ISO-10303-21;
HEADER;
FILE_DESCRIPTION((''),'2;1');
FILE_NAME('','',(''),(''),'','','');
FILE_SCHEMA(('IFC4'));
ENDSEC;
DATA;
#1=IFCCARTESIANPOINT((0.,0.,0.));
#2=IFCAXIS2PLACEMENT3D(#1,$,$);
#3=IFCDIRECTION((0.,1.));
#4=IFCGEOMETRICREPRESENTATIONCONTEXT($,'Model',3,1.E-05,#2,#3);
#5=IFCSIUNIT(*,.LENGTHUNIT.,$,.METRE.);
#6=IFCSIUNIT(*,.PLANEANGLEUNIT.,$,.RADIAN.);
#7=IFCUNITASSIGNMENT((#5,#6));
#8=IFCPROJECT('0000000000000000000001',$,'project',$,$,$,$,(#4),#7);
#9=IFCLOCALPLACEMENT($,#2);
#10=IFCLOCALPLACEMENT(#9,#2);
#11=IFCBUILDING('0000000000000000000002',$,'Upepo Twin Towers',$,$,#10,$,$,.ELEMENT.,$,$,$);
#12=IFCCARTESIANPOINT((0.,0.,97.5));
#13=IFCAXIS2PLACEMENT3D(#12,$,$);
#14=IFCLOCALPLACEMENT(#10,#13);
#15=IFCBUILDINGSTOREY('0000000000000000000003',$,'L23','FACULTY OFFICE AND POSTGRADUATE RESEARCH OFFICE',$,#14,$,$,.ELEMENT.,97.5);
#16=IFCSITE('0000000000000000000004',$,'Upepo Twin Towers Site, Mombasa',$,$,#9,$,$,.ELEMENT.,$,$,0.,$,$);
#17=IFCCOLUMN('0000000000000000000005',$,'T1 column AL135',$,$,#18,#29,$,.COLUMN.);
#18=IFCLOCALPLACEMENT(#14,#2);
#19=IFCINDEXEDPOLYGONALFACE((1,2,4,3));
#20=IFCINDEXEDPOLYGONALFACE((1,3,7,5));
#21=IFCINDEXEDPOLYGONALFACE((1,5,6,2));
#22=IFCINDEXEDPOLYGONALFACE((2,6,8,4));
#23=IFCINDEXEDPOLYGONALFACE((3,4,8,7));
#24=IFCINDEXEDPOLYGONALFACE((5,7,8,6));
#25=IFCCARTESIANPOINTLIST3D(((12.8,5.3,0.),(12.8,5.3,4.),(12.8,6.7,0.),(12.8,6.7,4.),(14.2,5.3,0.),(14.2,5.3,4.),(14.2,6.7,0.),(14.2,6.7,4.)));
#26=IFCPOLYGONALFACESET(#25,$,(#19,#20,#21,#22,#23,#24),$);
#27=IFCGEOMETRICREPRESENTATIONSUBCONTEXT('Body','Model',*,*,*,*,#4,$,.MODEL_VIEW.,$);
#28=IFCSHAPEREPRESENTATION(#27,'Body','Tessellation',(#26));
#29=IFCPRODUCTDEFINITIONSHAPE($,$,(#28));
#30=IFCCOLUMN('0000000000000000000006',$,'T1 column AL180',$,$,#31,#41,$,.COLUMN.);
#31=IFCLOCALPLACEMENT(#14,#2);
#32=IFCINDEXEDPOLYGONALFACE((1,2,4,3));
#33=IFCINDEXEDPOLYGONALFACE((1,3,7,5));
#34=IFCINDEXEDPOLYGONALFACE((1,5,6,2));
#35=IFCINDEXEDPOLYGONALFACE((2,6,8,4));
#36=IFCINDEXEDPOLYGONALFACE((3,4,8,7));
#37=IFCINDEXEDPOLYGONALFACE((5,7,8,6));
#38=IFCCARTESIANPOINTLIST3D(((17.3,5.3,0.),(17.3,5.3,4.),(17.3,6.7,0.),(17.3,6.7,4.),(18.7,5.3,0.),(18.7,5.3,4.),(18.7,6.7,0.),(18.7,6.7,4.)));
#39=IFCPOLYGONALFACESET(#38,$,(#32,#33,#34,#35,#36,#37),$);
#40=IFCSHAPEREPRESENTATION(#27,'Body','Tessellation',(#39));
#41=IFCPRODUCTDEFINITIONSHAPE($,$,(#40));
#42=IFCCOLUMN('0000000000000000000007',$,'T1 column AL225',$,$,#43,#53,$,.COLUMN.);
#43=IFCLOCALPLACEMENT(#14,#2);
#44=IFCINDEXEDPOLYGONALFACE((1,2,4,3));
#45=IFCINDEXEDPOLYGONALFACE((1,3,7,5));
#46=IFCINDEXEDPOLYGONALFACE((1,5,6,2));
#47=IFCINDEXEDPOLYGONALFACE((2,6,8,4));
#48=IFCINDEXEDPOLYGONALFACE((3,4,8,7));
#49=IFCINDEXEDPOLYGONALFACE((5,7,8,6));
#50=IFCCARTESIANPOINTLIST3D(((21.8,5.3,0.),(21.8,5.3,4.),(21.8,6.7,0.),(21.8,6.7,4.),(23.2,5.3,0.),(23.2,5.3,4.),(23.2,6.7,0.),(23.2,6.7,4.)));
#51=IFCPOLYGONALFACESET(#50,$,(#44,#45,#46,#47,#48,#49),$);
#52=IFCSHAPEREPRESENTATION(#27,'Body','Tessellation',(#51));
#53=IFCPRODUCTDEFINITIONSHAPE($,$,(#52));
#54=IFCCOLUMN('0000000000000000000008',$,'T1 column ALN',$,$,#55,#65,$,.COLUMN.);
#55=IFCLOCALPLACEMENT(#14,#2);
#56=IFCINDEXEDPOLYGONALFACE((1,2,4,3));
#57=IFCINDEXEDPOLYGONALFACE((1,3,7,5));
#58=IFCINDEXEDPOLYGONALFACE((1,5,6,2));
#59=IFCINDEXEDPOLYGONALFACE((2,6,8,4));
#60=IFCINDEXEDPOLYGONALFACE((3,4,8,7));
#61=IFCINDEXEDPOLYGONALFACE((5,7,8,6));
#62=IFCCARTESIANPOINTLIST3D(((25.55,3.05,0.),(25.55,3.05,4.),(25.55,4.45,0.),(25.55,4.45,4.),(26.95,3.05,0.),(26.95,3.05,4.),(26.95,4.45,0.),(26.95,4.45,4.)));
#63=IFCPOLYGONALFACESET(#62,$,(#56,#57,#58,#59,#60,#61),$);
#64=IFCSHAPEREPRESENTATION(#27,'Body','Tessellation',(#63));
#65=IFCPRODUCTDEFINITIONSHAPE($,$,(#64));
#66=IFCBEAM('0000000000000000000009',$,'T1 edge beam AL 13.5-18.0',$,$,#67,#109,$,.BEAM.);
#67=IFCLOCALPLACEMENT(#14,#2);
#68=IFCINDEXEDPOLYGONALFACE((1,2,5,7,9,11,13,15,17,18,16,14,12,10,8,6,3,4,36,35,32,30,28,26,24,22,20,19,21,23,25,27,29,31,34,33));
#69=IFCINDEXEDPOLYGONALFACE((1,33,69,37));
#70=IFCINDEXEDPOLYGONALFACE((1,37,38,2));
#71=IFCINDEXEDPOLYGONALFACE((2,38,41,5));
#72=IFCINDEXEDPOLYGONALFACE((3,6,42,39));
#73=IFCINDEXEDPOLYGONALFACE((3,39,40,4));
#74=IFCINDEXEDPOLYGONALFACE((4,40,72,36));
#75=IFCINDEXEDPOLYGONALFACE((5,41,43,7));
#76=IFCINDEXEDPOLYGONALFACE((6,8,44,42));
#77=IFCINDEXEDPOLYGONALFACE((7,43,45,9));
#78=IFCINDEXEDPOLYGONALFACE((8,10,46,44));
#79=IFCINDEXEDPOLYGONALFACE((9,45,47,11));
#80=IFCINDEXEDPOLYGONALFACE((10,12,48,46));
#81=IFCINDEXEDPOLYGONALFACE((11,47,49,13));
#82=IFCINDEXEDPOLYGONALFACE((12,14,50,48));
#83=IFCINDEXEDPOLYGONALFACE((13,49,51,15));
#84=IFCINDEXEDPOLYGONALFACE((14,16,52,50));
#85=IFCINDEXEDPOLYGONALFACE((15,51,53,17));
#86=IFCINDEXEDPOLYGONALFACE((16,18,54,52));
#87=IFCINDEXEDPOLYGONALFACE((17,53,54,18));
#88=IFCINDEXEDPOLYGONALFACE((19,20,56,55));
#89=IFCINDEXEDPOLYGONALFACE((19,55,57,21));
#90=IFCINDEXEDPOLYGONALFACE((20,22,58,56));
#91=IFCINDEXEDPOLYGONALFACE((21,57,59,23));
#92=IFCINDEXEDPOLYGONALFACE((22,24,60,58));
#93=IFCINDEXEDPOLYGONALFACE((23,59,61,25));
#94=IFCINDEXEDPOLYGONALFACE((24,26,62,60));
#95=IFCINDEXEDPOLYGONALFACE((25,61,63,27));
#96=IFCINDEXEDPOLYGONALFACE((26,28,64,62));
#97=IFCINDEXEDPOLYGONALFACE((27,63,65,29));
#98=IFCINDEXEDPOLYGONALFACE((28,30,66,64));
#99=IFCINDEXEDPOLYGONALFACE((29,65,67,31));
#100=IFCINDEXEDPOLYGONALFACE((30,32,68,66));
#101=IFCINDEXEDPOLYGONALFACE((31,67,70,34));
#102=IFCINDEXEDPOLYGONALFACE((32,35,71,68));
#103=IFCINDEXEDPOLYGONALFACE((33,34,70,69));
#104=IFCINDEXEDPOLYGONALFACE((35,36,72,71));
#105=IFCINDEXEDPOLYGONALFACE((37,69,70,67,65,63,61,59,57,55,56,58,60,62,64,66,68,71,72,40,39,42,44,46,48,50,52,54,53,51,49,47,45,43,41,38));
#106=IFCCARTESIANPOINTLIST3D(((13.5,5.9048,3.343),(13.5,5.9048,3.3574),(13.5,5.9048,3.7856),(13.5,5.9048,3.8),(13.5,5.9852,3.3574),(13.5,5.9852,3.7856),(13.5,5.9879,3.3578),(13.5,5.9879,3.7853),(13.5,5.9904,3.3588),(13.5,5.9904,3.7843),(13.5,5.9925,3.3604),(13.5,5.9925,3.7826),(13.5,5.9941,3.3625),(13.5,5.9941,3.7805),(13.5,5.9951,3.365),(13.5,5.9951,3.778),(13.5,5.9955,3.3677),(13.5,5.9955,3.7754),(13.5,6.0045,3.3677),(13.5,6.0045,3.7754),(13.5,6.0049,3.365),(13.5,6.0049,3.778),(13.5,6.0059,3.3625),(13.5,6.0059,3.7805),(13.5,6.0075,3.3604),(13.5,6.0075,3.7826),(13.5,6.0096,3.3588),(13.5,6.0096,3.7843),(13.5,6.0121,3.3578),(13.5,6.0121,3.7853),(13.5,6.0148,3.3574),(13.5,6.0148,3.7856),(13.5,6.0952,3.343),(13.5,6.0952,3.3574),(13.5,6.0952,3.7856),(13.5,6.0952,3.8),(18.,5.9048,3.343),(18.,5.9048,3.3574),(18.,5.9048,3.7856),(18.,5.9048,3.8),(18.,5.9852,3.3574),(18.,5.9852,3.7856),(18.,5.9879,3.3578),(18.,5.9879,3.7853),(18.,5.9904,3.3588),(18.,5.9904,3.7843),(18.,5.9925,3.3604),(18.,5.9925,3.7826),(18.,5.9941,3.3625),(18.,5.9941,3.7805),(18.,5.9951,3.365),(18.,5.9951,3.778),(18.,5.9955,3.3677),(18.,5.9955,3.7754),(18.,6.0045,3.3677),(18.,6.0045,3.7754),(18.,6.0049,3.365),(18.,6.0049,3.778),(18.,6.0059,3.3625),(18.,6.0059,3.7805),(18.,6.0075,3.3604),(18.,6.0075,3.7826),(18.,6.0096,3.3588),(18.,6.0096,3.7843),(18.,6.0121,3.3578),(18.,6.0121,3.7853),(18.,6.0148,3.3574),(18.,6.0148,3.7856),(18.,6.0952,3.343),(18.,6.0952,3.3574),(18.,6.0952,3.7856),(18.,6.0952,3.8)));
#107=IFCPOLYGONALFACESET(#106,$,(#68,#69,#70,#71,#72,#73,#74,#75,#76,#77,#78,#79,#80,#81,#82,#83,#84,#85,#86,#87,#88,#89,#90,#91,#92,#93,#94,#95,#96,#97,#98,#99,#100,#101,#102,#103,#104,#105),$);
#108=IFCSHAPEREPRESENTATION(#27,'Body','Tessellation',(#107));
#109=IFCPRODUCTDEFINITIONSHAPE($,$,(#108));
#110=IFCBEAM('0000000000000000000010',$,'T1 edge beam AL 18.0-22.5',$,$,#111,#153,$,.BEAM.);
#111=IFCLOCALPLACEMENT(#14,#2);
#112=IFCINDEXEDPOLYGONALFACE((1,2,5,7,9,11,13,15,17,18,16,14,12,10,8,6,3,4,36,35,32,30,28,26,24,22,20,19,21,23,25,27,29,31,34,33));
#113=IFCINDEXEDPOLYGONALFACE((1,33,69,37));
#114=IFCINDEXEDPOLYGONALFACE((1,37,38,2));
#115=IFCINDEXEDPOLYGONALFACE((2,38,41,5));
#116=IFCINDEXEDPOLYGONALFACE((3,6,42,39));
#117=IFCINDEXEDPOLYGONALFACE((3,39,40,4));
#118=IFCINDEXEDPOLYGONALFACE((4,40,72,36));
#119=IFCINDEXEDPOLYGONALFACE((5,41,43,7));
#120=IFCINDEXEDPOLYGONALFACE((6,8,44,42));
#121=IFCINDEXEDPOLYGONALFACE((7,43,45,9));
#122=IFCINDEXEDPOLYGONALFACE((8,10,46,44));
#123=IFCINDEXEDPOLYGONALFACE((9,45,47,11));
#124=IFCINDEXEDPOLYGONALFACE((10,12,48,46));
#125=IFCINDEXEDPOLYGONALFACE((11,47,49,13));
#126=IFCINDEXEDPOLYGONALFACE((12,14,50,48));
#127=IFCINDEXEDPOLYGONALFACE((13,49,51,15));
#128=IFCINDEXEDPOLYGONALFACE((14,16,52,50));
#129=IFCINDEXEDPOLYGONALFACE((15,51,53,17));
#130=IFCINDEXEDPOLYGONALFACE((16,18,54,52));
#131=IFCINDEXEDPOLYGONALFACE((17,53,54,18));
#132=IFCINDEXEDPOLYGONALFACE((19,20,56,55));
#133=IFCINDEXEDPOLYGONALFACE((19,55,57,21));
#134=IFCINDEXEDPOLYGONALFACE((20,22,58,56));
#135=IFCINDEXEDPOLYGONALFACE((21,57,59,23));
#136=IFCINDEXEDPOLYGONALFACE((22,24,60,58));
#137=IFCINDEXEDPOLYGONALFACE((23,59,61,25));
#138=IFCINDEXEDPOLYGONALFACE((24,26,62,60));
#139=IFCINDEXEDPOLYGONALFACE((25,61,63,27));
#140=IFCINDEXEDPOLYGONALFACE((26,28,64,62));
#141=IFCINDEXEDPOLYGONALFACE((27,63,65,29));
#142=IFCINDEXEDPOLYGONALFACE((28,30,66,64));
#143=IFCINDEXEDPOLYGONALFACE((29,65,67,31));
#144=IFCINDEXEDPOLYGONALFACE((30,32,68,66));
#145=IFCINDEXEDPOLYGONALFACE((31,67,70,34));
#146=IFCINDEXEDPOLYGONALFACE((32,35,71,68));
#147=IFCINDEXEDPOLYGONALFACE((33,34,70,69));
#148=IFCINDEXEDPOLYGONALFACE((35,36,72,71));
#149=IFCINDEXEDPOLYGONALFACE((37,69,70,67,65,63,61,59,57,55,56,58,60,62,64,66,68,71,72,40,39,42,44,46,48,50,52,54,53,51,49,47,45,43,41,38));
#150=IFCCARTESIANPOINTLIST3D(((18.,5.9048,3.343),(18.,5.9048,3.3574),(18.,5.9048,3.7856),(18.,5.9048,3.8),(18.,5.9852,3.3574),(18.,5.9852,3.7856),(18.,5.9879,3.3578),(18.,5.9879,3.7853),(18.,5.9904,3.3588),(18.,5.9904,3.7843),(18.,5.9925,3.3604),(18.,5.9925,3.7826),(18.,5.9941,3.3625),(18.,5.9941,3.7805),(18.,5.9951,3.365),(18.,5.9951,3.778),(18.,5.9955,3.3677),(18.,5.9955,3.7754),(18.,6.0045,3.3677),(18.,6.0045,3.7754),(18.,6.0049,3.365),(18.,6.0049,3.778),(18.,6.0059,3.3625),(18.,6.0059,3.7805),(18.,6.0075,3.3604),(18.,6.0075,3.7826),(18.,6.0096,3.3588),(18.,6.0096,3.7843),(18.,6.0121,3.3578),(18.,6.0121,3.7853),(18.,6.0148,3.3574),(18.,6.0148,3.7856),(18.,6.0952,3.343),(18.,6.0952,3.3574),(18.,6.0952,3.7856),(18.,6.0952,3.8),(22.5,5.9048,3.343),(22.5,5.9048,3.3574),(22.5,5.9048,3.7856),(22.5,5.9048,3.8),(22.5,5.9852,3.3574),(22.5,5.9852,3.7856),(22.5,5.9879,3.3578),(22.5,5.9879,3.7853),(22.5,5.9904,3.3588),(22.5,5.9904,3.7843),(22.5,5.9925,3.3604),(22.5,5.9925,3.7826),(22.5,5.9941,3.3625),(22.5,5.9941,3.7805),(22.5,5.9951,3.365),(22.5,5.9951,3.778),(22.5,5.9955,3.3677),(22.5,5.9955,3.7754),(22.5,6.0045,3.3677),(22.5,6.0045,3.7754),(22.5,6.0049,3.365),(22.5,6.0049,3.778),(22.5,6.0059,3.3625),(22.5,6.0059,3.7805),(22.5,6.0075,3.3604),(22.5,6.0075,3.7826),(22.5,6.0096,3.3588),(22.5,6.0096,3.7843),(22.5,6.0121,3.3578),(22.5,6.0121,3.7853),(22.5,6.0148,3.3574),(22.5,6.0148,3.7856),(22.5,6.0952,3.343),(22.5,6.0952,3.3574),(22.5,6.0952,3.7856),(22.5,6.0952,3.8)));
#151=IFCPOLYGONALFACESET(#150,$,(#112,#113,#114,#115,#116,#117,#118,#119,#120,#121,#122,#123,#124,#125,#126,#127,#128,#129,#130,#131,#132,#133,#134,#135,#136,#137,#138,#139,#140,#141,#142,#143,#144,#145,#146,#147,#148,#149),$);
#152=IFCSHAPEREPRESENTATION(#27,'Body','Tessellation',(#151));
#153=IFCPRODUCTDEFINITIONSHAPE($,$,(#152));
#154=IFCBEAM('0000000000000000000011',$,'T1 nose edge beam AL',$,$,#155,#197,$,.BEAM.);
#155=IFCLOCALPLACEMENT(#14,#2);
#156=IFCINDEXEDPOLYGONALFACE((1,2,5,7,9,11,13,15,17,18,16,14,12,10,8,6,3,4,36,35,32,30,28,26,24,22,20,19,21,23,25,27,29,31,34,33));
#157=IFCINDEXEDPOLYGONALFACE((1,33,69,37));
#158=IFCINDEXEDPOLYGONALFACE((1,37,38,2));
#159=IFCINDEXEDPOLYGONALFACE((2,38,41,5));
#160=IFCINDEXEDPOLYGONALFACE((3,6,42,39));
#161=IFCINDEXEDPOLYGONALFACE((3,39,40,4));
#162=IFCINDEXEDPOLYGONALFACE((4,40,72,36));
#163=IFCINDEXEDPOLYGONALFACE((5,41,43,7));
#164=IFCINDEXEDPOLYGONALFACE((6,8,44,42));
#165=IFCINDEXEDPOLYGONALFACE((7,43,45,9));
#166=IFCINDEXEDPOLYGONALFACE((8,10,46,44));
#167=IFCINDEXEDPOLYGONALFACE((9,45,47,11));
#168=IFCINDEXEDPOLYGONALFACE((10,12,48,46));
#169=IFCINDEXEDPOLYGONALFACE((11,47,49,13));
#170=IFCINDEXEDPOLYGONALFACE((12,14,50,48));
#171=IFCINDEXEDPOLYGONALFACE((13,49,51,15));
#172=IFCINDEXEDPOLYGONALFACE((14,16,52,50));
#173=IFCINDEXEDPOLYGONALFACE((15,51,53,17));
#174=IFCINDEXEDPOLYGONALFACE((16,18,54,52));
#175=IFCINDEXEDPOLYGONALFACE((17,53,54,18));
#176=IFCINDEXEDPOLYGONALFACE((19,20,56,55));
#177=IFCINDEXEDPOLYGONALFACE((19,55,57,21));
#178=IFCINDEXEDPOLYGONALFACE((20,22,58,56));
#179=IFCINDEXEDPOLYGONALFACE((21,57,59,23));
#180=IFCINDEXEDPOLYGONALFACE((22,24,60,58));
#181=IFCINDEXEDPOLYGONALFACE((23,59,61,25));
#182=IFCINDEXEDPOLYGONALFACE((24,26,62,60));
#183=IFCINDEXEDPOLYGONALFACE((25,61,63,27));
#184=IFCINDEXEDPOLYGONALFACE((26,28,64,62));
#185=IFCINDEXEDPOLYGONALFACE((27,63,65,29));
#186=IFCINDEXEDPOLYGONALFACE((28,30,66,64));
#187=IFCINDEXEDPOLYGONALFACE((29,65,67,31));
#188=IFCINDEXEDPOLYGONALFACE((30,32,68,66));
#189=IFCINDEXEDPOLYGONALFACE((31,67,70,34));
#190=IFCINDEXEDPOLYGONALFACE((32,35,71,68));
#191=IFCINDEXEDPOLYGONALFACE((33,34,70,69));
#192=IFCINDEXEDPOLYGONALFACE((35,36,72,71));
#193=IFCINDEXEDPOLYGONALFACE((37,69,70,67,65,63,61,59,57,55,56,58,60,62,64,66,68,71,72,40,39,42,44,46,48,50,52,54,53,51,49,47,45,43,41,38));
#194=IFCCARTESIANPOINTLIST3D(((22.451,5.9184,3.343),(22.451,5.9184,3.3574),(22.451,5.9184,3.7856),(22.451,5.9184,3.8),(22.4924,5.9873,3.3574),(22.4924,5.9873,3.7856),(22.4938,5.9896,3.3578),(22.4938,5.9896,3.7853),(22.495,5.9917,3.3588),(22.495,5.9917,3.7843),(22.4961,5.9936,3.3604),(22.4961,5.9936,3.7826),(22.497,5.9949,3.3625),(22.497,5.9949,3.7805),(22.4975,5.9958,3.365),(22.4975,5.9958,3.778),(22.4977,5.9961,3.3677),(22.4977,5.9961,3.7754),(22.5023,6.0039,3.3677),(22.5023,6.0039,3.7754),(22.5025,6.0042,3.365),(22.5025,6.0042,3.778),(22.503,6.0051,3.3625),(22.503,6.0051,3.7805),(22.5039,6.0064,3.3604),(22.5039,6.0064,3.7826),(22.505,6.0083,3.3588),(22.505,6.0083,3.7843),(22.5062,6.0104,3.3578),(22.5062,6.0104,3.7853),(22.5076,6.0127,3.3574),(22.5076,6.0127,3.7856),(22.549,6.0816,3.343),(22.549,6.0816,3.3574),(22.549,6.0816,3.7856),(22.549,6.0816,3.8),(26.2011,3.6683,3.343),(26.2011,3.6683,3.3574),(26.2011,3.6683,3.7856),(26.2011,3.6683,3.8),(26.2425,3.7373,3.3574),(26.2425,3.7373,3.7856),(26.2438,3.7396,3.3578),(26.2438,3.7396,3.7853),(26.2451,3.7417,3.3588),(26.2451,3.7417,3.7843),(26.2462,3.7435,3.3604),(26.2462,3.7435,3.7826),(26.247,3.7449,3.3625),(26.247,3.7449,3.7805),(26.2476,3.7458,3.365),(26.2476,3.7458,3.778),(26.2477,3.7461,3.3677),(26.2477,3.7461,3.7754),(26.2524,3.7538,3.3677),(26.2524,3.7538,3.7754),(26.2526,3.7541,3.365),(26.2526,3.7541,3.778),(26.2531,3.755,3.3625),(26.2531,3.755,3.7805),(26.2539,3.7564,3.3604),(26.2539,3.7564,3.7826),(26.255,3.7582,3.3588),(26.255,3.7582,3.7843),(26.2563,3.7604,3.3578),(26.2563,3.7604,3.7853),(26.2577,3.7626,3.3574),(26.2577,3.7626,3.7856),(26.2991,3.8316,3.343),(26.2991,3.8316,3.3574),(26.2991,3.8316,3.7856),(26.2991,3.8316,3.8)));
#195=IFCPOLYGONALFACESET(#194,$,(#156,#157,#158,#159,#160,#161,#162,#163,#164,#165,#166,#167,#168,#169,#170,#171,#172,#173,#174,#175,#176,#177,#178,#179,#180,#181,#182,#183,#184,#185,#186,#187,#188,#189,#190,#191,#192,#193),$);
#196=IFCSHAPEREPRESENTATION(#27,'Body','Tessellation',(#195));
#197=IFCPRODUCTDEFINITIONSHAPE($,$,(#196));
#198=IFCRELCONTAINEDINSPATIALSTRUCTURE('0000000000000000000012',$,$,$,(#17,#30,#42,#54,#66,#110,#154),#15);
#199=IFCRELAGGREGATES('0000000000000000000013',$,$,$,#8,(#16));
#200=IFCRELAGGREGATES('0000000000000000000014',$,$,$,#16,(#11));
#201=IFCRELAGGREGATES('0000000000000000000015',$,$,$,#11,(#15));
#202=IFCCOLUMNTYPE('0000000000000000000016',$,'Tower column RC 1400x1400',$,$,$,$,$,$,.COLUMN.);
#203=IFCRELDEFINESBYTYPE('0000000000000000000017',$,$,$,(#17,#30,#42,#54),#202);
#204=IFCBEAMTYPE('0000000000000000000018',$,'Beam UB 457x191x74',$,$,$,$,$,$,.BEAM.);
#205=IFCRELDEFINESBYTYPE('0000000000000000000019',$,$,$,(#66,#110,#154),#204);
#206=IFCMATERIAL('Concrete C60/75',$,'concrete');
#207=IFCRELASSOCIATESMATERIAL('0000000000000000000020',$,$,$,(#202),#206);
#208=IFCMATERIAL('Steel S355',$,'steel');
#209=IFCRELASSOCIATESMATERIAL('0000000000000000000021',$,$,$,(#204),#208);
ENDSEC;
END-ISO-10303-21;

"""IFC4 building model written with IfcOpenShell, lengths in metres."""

from ifc_helpers import new_model, si_unit, direction, frame, origin, origin_2d, place, context, subcontext, project, spatial, rectangle, i_section, extrude, material, material_profile, profile_set, type_object, element, save


model = new_model("IFC4")

# Units and contexts
model_context = context("Model", 3, precision=1e-05, world=origin(), true_north=direction((0.0, 1.0)))
body_context = subcontext(model_context, "Body", "Model", "MODEL_VIEW")
ifc_project = project(units=[si_unit("LENGTHUNIT", "METRE"), si_unit("PLANEANGLEUNIT", "RADIAN")], contexts=[model_context])

# Site, building, storey
site_placement = place(None, origin())
site = spatial("IfcSite", under=ifc_project, at=site_placement, Name="Upepo Twin Towers Site, Mombasa", CompositionType="ELEMENT", RefElevation=0.0)
building_placement = place(site_placement, origin())
building = spatial("IfcBuilding", under=site, at=building_placement, Name="Upepo Twin Towers", CompositionType="ELEMENT")
storey_placement = place(building_placement, frame((0.0, 0.0, 97.5)))
storey = spatial("IfcBuildingStorey", under=building, at=storey_placement, Name="L23", Description="FACULTY OFFICE AND POSTGRADUATE RESEARCH OFFICE", CompositionType="ELEMENT", Elevation=97.5)

# Columns
ifc_material_1 = material(Name="Concrete C60/75", Category="concrete")
ifc_material_profile_1 = material_profile(ifc_material_1, rectangle(XDim=1.3999, YDim=1.3999, at=origin_2d()), Name="RC 1400x1400")
ifc_profile_set_1 = profile_set([ifc_material_profile_1], Name="Concrete C60/75")
column_type = type_object("IfcColumnType", Name="Tower column RC 1400x1400", PredefinedType="COLUMN", material=ifc_profile_set_1)
for number, where, z_axis, x_axis, name in (
    (1, (13.5, 6.0, 0.0), (0.0, 0.0, 1.0), (1.0, 0.0, 0.0), "T1 column AL135"),
    (2, (18.0, 6.0, 0.0), (0.0, 0.0, 1.0), (1.0, 0.0, 0.0), "T1 column AL180"),
    (3, (22.5, 6.0, 0.0), (0.0, 0.0, 1.0), (1.0, 0.0, 0.0), "T1 column AL225"),
    (4, (26.25, 3.75, 0.0), (0.0, 0.0, 1.0), (1.0, 0.0, 0.0), "T1 column ALN"),
):
    element("IfcColumn", number, at=place(storey_placement, frame(where, z_axis=z_axis, x_axis=x_axis)), inside=storey, type_object=column_type, Name=name, PredefinedType="COLUMN", context=body_context, shape_type="SweptSolid", body=[
        extrude(rectangle(XDim=1.3999, YDim=1.3999, at=origin_2d()), origin(), (0.0, 0.0, 1.0), 4.0),
    ])

# Beams
ifc_material_2 = material(Name="Steel S355", Category="steel")
ifc_material_profile_2 = material_profile(ifc_material_2, i_section(OverallWidth=0.1904, OverallDepth=0.457, WebThickness=0.009, FlangeThickness=0.0144, FilletRadius=0.0103, at=origin_2d()), Name="UB 457x191x74")
ifc_profile_set_2 = profile_set([ifc_material_profile_2], Name="Steel S355")
beam_type_1 = type_object("IfcBeamType", Name="Beam UB 457x191x74", PredefinedType="BEAM", material=ifc_profile_set_2)
for number, where, z_axis, x_axis, name in (
    (5, (13.5, 6.0, 3.5715), (1.0, 0.0, 0.0), (0.0, 1.0, 0.0), "T1 edge beam AL 13.5-18.0"),
    (6, (18.0, 6.0, 3.5715), (1.0, 0.0, 0.0), (0.0, 1.0, 0.0), "T1 edge beam AL 18.0-22.5"),
):
    element("IfcBeam", number, at=place(storey_placement, frame(where, z_axis=z_axis, x_axis=x_axis)), inside=storey, type_object=beam_type_1, Name=name, PredefinedType="BEAM", context=body_context, shape_type="SweptSolid", body=[
        extrude(i_section(OverallWidth=0.1904, OverallDepth=0.457, WebThickness=0.009, FlangeThickness=0.0144, FilletRadius=0.0103, at=origin_2d()), origin(), (0.0, 0.0, 1.0), 4.5),
    ])
beam_1_placement = place(storey_placement, frame((22.5, 6.0, 3.5715), z_axis=(0.857493, -0.514496, 0.0), x_axis=(0.514496, 0.857493, 0.0)))
element("IfcBeam", 7, at=beam_1_placement, inside=storey, type_object=beam_type_1, Name="T1 nose edge beam AL", PredefinedType="BEAM", context=body_context, shape_type="SweptSolid", body=[
    extrude(i_section(OverallWidth=0.1904, OverallDepth=0.457, WebThickness=0.009, FlangeThickness=0.0144, FilletRadius=0.0103, at=origin_2d()), origin(), (0.0, 0.0, 1.0), 4.3733),
])

save(model, "model.ifc")
